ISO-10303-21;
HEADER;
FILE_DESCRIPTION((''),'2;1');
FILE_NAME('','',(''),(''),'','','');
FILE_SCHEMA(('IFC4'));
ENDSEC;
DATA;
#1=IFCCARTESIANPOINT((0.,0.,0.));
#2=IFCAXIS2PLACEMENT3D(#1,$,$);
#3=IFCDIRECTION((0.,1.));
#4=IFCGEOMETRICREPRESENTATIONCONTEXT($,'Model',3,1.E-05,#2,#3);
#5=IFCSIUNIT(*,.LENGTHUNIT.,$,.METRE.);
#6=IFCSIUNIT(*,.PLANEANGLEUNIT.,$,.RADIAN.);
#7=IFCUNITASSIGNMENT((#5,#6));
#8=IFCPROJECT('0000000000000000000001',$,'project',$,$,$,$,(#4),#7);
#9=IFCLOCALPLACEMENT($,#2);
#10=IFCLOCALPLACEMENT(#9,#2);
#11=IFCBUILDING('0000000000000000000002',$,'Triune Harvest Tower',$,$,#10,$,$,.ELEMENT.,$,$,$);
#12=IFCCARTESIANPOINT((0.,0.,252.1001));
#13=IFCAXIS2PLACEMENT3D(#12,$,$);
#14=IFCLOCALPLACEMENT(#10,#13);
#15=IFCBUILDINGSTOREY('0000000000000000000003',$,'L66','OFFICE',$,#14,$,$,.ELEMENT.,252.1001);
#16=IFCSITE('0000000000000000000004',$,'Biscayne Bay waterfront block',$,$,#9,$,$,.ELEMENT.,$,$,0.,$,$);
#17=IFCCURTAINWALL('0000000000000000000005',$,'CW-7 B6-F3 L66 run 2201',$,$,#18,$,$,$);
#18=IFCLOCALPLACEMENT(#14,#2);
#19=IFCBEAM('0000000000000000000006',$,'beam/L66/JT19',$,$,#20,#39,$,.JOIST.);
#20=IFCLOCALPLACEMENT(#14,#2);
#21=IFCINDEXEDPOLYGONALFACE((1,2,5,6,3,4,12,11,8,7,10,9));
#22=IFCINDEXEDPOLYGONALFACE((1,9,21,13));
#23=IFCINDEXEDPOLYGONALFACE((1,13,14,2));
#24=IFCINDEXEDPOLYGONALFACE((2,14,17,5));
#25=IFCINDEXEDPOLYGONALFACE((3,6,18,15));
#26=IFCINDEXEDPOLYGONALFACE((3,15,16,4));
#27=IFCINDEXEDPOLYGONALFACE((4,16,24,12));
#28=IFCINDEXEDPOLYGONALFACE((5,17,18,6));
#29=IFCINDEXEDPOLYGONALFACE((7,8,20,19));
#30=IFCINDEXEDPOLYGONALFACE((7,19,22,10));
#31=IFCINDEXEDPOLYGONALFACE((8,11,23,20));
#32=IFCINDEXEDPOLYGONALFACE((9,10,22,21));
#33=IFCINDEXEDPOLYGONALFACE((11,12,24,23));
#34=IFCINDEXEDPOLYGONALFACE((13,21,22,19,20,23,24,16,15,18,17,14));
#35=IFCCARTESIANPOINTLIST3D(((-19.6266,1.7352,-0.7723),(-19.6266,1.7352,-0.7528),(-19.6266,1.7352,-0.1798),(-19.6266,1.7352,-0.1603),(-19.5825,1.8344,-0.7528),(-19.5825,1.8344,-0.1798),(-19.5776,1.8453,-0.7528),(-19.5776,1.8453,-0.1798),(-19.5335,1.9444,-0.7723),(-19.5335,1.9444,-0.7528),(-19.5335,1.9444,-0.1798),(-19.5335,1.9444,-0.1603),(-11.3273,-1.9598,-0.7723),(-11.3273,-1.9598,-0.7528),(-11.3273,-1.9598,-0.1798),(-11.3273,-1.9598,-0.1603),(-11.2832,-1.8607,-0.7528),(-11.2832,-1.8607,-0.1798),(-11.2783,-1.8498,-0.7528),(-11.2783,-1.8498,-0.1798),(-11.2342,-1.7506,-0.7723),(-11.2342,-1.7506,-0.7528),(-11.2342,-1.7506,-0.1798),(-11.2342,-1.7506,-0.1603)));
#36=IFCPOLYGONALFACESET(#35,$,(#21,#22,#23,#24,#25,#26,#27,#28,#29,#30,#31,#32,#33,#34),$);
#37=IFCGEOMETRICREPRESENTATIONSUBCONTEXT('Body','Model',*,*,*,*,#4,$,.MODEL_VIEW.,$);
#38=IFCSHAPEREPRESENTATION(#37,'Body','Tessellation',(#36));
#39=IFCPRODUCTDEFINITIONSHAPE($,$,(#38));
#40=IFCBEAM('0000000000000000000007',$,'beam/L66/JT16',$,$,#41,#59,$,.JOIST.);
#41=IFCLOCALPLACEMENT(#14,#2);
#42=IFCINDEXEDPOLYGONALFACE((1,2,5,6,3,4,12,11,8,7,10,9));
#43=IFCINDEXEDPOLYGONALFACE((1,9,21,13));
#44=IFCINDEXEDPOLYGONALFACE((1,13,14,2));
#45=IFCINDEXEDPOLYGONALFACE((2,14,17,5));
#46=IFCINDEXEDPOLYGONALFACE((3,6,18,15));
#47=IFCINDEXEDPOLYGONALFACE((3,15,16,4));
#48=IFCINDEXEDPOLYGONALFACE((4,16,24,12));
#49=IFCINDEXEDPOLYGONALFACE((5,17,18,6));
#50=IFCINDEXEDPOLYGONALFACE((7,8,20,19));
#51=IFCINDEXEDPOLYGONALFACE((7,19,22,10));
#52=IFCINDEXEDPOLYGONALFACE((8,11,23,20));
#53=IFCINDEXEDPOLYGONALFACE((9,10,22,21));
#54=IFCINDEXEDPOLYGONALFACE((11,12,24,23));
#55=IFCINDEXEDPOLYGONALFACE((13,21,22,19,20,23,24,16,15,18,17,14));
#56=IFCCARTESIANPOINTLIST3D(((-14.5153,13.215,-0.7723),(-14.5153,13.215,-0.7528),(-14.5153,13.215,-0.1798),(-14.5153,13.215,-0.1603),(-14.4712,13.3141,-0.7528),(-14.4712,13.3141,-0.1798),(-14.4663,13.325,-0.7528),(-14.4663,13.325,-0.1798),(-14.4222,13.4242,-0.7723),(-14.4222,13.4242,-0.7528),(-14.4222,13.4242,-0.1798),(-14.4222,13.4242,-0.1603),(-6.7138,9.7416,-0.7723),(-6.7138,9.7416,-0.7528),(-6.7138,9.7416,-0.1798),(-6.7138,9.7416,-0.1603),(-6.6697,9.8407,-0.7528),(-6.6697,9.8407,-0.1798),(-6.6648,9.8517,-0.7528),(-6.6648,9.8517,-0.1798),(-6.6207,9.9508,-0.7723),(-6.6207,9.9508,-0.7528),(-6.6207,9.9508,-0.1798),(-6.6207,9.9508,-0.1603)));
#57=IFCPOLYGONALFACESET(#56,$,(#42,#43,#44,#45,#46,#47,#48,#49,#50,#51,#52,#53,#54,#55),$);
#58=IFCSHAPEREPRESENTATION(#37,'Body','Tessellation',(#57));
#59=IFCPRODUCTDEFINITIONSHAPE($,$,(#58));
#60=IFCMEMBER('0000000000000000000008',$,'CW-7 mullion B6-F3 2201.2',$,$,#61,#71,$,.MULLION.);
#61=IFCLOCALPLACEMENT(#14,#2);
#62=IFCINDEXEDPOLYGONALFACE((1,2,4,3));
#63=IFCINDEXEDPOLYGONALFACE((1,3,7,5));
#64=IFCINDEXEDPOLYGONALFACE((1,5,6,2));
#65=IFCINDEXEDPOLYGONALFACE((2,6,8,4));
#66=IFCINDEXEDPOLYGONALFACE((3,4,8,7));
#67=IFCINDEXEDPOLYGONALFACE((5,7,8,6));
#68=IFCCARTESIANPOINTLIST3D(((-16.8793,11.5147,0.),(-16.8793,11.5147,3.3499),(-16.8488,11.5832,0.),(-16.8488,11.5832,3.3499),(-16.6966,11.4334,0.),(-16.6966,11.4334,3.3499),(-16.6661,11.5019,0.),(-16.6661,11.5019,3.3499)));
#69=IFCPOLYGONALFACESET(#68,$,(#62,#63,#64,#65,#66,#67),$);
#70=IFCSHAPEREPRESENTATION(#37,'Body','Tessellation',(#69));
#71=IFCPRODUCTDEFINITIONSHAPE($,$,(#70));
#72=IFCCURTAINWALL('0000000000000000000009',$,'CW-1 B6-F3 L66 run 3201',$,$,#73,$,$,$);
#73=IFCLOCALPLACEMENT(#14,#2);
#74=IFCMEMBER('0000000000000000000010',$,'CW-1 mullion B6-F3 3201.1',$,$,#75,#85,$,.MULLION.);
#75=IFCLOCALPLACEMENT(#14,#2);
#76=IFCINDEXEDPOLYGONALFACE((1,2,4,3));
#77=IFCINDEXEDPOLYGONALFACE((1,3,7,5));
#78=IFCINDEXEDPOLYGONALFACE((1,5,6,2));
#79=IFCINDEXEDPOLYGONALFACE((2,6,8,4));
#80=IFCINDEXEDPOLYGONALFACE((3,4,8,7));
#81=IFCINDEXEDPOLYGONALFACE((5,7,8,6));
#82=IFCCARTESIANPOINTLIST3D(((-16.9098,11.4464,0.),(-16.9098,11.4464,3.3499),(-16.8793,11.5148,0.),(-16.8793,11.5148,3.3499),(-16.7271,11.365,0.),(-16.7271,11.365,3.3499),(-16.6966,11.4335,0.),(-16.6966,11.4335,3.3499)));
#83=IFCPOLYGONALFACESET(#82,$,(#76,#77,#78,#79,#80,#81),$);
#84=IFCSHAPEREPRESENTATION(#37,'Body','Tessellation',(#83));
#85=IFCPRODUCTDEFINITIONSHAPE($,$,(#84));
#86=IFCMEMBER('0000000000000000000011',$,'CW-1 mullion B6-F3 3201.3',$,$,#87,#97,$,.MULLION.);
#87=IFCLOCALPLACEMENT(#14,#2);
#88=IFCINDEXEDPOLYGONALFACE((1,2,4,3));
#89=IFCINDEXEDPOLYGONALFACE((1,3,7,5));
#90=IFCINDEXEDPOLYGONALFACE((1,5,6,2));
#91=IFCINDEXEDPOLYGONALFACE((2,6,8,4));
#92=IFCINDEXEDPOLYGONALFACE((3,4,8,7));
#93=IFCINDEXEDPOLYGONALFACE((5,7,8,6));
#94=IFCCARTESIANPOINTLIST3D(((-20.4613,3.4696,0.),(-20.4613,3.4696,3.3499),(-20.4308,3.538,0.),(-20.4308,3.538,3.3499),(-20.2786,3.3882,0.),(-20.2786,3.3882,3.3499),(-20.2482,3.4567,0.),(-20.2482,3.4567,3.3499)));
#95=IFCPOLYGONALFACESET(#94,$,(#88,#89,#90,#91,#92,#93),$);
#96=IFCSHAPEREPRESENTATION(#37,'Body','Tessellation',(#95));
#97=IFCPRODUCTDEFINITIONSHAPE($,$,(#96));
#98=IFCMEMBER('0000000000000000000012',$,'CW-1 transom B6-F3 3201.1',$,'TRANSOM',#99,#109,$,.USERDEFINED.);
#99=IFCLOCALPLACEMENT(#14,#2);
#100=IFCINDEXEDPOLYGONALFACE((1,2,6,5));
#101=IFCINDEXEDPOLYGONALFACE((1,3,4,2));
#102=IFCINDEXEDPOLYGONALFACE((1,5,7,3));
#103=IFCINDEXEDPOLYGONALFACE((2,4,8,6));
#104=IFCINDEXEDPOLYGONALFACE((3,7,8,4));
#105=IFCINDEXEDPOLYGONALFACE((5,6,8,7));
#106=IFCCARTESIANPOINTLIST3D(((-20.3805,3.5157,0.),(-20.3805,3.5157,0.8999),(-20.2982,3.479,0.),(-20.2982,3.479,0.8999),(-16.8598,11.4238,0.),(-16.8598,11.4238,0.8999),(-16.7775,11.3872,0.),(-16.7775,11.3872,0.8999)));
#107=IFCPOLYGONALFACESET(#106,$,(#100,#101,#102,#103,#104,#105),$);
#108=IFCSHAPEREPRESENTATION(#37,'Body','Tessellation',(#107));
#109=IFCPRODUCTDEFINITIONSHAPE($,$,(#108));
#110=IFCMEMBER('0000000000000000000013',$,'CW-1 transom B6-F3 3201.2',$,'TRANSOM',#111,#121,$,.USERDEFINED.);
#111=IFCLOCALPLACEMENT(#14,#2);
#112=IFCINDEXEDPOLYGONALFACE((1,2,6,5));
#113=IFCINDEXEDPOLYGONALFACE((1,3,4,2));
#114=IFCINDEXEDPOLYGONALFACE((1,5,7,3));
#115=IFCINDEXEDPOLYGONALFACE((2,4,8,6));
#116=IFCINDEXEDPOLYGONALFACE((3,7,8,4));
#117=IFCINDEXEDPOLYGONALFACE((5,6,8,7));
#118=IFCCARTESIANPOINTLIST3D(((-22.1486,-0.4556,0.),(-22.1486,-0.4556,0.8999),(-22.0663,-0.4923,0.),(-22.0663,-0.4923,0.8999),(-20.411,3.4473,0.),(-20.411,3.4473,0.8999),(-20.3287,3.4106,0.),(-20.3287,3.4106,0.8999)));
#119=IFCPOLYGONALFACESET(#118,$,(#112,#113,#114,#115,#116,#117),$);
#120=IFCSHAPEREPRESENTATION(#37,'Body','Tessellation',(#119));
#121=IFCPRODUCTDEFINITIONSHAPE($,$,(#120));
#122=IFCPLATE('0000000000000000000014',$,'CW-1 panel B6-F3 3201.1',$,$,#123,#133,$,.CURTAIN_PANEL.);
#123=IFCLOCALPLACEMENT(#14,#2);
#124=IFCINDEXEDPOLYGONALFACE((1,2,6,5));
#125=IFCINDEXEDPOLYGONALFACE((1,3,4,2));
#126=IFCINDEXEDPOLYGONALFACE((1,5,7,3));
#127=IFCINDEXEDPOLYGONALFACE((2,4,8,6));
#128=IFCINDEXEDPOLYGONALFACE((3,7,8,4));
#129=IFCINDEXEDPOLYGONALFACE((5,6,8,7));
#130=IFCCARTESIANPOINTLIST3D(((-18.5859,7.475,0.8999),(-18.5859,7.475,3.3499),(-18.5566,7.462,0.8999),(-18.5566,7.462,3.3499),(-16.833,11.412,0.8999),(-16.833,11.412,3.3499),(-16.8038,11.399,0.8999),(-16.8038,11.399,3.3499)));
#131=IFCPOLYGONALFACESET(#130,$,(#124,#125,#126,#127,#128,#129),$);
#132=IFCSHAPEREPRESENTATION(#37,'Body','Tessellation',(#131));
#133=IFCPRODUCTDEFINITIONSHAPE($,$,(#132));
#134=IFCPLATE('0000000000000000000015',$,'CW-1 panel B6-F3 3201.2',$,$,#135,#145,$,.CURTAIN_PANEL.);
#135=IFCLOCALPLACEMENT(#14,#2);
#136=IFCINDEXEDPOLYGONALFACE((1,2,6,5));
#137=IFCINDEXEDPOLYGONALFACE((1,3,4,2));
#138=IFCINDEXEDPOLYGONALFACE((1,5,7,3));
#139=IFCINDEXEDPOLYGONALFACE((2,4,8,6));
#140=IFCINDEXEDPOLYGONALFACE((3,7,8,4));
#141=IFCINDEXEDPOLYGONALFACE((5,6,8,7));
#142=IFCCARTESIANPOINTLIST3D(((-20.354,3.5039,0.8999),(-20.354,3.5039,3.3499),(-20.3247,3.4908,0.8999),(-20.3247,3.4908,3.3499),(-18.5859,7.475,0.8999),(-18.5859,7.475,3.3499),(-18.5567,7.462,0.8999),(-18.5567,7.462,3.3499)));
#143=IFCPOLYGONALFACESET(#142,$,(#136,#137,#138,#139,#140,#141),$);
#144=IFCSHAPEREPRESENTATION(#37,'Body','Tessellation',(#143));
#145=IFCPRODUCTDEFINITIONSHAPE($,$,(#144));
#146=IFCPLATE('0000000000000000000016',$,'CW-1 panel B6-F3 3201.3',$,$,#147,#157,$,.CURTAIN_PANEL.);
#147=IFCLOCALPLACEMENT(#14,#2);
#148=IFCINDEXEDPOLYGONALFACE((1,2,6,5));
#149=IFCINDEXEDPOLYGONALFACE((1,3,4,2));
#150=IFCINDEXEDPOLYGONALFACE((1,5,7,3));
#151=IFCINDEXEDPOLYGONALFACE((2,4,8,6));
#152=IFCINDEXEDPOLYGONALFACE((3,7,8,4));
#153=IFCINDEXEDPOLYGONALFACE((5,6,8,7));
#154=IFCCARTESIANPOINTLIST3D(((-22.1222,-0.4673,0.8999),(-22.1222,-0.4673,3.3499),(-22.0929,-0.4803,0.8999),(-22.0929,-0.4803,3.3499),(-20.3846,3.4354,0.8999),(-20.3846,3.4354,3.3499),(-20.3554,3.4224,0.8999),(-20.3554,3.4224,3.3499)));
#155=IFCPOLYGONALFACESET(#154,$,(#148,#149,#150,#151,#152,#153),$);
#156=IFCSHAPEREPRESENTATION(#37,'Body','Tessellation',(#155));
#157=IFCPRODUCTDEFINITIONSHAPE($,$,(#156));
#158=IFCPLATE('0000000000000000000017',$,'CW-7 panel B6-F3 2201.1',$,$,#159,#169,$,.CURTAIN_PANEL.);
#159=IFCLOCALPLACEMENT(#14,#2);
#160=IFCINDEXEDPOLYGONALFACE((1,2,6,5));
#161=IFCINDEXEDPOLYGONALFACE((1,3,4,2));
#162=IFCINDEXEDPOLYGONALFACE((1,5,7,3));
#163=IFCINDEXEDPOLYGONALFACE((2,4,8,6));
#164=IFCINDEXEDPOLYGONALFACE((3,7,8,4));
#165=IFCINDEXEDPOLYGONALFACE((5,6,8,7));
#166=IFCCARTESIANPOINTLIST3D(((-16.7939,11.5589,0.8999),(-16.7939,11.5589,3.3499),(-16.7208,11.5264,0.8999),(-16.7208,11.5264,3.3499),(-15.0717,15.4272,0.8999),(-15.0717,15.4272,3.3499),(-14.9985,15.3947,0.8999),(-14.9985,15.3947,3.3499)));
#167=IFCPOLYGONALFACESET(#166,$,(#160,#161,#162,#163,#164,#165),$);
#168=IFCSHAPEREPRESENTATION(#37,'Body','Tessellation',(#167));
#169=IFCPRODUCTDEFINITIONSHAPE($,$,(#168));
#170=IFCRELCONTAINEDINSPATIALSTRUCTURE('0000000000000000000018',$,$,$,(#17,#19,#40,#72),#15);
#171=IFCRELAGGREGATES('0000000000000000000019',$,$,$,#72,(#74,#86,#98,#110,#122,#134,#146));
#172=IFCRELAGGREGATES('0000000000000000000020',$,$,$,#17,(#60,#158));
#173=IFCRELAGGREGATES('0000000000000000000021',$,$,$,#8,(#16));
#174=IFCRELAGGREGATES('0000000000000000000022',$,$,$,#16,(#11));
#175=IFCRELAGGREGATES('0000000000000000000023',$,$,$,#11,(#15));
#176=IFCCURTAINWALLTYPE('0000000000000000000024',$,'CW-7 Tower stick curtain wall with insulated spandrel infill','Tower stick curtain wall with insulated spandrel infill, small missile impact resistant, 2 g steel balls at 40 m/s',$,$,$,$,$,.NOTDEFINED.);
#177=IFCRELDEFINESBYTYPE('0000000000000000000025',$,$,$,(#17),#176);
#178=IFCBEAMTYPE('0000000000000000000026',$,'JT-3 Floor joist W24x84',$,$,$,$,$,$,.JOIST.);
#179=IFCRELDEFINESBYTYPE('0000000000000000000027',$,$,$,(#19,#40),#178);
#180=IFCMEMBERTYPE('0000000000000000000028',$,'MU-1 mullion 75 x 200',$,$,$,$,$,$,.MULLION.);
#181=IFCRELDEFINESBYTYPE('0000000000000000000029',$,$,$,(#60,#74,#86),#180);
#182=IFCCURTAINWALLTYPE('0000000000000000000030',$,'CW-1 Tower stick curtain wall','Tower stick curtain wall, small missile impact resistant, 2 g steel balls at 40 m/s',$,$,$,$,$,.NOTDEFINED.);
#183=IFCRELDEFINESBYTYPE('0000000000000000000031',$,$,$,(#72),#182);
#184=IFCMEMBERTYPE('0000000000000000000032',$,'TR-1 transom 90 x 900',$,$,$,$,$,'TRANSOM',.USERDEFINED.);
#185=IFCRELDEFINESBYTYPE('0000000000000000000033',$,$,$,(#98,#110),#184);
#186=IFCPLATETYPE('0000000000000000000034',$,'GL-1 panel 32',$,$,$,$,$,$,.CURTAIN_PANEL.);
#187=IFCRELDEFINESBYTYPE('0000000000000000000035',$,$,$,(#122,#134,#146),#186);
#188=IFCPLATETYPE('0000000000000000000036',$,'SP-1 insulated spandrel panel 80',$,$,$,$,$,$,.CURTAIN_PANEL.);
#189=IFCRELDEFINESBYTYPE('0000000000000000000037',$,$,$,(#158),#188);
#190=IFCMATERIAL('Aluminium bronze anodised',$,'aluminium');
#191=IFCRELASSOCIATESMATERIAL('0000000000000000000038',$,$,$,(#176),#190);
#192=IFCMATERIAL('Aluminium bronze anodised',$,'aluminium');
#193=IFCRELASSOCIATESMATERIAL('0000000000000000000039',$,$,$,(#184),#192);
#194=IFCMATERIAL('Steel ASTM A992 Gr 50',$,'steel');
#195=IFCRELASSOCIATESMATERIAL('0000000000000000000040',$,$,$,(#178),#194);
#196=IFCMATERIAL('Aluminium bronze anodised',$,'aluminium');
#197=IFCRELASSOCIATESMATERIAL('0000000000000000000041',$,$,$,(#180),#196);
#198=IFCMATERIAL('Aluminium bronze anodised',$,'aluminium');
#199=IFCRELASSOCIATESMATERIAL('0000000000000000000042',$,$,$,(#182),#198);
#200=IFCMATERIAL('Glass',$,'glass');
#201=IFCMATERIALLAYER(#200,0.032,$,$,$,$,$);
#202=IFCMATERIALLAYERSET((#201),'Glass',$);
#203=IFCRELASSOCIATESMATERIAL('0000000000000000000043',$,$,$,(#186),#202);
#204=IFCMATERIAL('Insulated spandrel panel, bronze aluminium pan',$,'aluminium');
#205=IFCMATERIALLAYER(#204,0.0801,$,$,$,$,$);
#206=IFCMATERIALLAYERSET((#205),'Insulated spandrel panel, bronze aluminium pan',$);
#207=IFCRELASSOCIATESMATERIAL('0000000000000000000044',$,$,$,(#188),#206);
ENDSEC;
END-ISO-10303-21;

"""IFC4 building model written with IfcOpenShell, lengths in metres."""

from ifc_helpers import new_model, si_unit, direction, frame, origin, origin_2d, place, context, subcontext, project, spatial, rectangle, i_section, extrude, source, transform, mapped, material, layer, layer_set, material_profile, profile_set, type_object, element, aggregate, save


model = new_model("IFC4")

# Units and contexts
model_context = context("Model", 3, precision=1e-05, world=origin(), true_north=direction((0.0, 1.0)))
body_context = subcontext(model_context, "Body", "Model", "MODEL_VIEW")
ifc_project = project(units=[si_unit("LENGTHUNIT", "METRE"), si_unit("PLANEANGLEUNIT", "RADIAN")], contexts=[model_context])

# Site, building, storey
site_placement = place(None, origin())
site = spatial("IfcSite", under=ifc_project, at=site_placement, Name="Biscayne Bay waterfront block", CompositionType="ELEMENT", RefElevation=0.0)
building_placement = place(site_placement, origin())
building = spatial("IfcBuilding", under=site, at=building_placement, Name="Triune Harvest Tower", CompositionType="ELEMENT")
storey_placement = place(building_placement, frame((0.0, 0.0, 252.1001)))
storey = spatial("IfcBuildingStorey", under=building, at=storey_placement, Name="L66", Description="OFFICE", CompositionType="ELEMENT", Elevation=252.1001)

# Curtain wall
ifc_material_1 = material(Name="Aluminium bronze anodised", Category="aluminium")
curtain_wall_type_1 = type_object("IfcCurtainWallType", Name="CW-7 Tower stick curtain wall with insulated spandrel infill", Description="Tower stick curtain wall with insulated spandrel infill, small missile impact resistant, 2 g steel balls at 40 m/s", PredefinedType="NOTDEFINED", material=ifc_material_1)
curtain_wall_1_placement = place(storey_placement, origin())
curtain_wall_1 = element("IfcCurtainWall", 1, at=curtain_wall_1_placement, inside=storey, type_object=curtain_wall_type_1, Name="CW-7 B6-F3 L66 run 2201")
ifc_material_2 = material(Name="Aluminium bronze anodised", Category="aluminium")
ifc_material_profile_1 = material_profile(ifc_material_2, rectangle(XDim=0.0901, YDim=0.8999, at=origin_2d()), Name="TR-1 transom 90 x 900")
ifc_profile_set_1 = profile_set([ifc_material_profile_1], Name="Aluminium bronze anodised")
member_type_1 = type_object("IfcMemberType", Name="TR-1 transom 90 x 900", ElementType="TRANSOM", PredefinedType="USERDEFINED", material=ifc_profile_set_1)

# Beams
ifc_material_3 = material(Name="Steel ASTM A992 Gr 50", Category="steel")
ifc_material_profile_2 = material_profile(ifc_material_3, i_section(OverallWidth=0.229, OverallDepth=0.6121, WebThickness=0.012, FlangeThickness=0.0195, at=origin_2d()), Name="W24x84")
ifc_profile_set_2 = profile_set([ifc_material_profile_2], Name="Steel ASTM A992 Gr 50")
beam_type_1 = type_object("IfcBeamType", Name="JT-3 Floor joist W24x84", PredefinedType="JOIST", material=ifc_profile_set_2)
shared_shape_1 = source(origin(), body_context, "Body", "SweptSolid", [
    extrude(i_section(OverallWidth=0.229, OverallDepth=0.6121, WebThickness=0.012, FlangeThickness=0.0195, at=origin_2d()), origin(), (0.0, 0.0, 1.0), 9.0847),
])
beam_1_placement = place(storey_placement, frame((-19.5801, 1.8398, -0.4663), z_axis=(0.913546, -0.406734, 0.0), x_axis=(0.406734, 0.913546, 0.0)))
element("IfcBeam", 2, at=beam_1_placement, inside=storey, type_object=beam_type_1, Name="beam/L66/JT19", PredefinedType="JOIST", context=body_context, shape_type="MappedRepresentation", body=[
    mapped(shared_shape_1, transform((0.0, 0.0, 0.0), scale=1.0)),
])
shared_shape_2 = source(origin(), body_context, "Body", "SweptSolid", [
    extrude(i_section(OverallWidth=0.229, OverallDepth=0.6121, WebThickness=0.012, FlangeThickness=0.0195, at=origin_2d()), origin(), (0.0, 0.0, 1.0), 8.5398),
])
beam_2_placement = place(storey_placement, frame((-14.4688, 13.3196, -0.4663), z_axis=(0.913548, -0.40673, 0.0), x_axis=(0.40673, 0.913548, 0.0)))
element("IfcBeam", 3, at=beam_2_placement, inside=storey, type_object=beam_type_1, Name="beam/L66/JT16", PredefinedType="JOIST", context=body_context, shape_type="MappedRepresentation", body=[
    mapped(shared_shape_2, transform((0.0, 0.0, 0.0), scale=1.0)),
])

# Member
ifc_material_4 = material(Name="Aluminium bronze anodised", Category="aluminium")
ifc_material_profile_3 = material_profile(ifc_material_4, rectangle(XDim=0.2, YDim=0.075, at=origin_2d()), Name="MU-1 mullion 75 x 200")
ifc_profile_set_3 = profile_set([ifc_material_profile_3], Name="Aluminium bronze anodised")
member_type_2 = type_object("IfcMemberType", Name="MU-1 mullion 75 x 200", PredefinedType="MULLION", material=ifc_profile_set_3)
shared_shape_3 = source(origin(), body_context, "Body", "SweptSolid", [
    extrude(rectangle(XDim=0.2, YDim=0.075, at=origin_2d()), origin(), (0.0, 0.0, 1.0), 3.3499),
])
member_1_placement = place(storey_placement, frame((-16.7727, 11.5083, 0.0), z_axis=(0.0, 0.0, 1.0), x_axis=(0.913547, -0.406733, 0.0)))
member_1 = element("IfcMember", 4, at=member_1_placement, type_object=member_type_2, Name="CW-7 mullion B6-F3 2201.2", PredefinedType="MULLION", context=body_context, shape_type="MappedRepresentation", body=[
    mapped(shared_shape_3, transform((0.0, 0.0, 0.0), scale=1.0)),
])

# Curtain wall, members, plates
ifc_material_5 = material(Name="Aluminium bronze anodised", Category="aluminium")
curtain_wall_type_2 = type_object("IfcCurtainWallType", Name="CW-1 Tower stick curtain wall", Description="Tower stick curtain wall, small missile impact resistant, 2 g steel balls at 40 m/s", PredefinedType="NOTDEFINED", material=ifc_material_5)
curtain_wall_2_placement = place(storey_placement, origin())
curtain_wall_2 = element("IfcCurtainWall", 5, at=curtain_wall_2_placement, inside=storey, type_object=curtain_wall_type_2, Name="CW-1 B6-F3 L66 run 3201")
member_2_placement = place(storey_placement, frame((-16.8032, 11.4399, 0.0), z_axis=(0.0, 0.0, 1.0), x_axis=(0.913547, -0.406734, 0.0)))
member_2 = element("IfcMember", 6, at=member_2_placement, type_object=member_type_2, Name="CW-1 mullion B6-F3 3201.1", PredefinedType="MULLION", context=body_context, shape_type="MappedRepresentation", body=[
    mapped(shared_shape_3, transform((0.0, 0.0, 0.0), scale=1.0)),
])
member_3_placement = place(storey_placement, frame((-20.3547, 3.4631, 0.0), z_axis=(0.0, 0.0, 1.0), x_axis=(0.913547, -0.406734, 0.0)))
member_3 = element("IfcMember", 7, at=member_3_placement, type_object=member_type_2, Name="CW-1 mullion B6-F3 3201.3", PredefinedType="MULLION", context=body_context, shape_type="MappedRepresentation", body=[
    mapped(shared_shape_3, transform((0.0, 0.0, 0.0), scale=1.0)),
])
shared_shape_4 = source(origin(), body_context, "Body", "SweptSolid", [
    extrude(rectangle(XDim=0.0901, YDim=0.8999, at=origin_2d()), origin(), (0.0, 0.0, 1.0), 8.6565),
])
member_4_placement = place(storey_placement, frame((-16.8186, 11.4055, 0.45), z_axis=(-0.406717, -0.913554, 0.0), x_axis=(0.913554, -0.406717, 0.0)))
member_4 = element("IfcMember", 8, at=member_4_placement, type_object=member_type_1, Name="CW-1 transom B6-F3 3201.1", ObjectType="TRANSOM", PredefinedType="USERDEFINED", context=body_context, shape_type="MappedRepresentation", body=[
    mapped(shared_shape_4, transform((0.0, 0.0, 0.0), scale=1.0)),
])
shared_shape_5 = source(origin(), body_context, "Body", "SweptSolid", [
    extrude(rectangle(XDim=0.0901, YDim=0.8999, at=origin_2d()), origin(), (0.0, 0.0, 1.0), 4.2722),
])
member_5_placement = place(storey_placement, frame((-20.3699, 3.429, 0.45), z_axis=(-0.406716, -0.913554, 0.0), x_axis=(0.913554, -0.406716, 0.0)))
member_5 = element("IfcMember", 9, at=member_5_placement, type_object=member_type_1, Name="CW-1 transom B6-F3 3201.2", ObjectType="TRANSOM", PredefinedType="USERDEFINED", context=body_context, shape_type="MappedRepresentation", body=[
    mapped(shared_shape_5, transform((0.0, 0.0, 0.0), scale=1.0)),
])
ifc_material_6 = material(Name="Glass", Category="glass")
ifc_layer_1 = layer(ifc_material_6, 0.032)
ifc_layer_set_1 = layer_set([ifc_layer_1], Name="Glass")
plate_type_1 = type_object("IfcPlateType", Name="GL-1 panel 32", PredefinedType="CURTAIN_PANEL", material=ifc_layer_set_1)
plate_1_placement = place(storey_placement, frame((-17.6948, 9.437, 0.8999), z_axis=(0.0, 0.0, 1.0), x_axis=(-0.406734, -0.913547, 0.0)))
plate_1 = element("IfcPlate", 10, at=plate_1_placement, type_object=plate_type_1, Name="CW-1 panel B6-F3 3201.1", PredefinedType="CURTAIN_PANEL", context=body_context, shape_type="SweptSolid", body=[
    extrude(rectangle(XDim=4.3096, YDim=0.032, at=origin_2d()), origin(), (0.0, 0.0, 1.0), 2.45),
])
plate_2_placement = place(storey_placement, frame((-19.4553, 5.4829, 0.8999), z_axis=(0.0, 0.0, 1.0), x_axis=(-0.406734, -0.913547, 0.0)))
plate_2 = element("IfcPlate", 11, at=plate_2_placement, type_object=plate_type_1, Name="CW-1 panel B6-F3 3201.2", PredefinedType="CURTAIN_PANEL", context=body_context, shape_type="SweptSolid", body=[
    extrude(rectangle(XDim=4.3469, YDim=0.032, at=origin_2d()), origin(), (0.0, 0.0, 1.0), 2.45),
])
plate_3_placement = place(storey_placement, frame((-21.2388, 1.4775, 0.8999), z_axis=(0.0, 0.0, 1.0), x_axis=(-0.406734, -0.913547, 0.0)))
plate_3 = element("IfcPlate", 12, at=plate_3_placement, type_object=plate_type_1, Name="CW-1 panel B6-F3 3201.3", PredefinedType="CURTAIN_PANEL", context=body_context, shape_type="SweptSolid", body=[
    extrude(rectangle(XDim=4.272, YDim=0.032, at=origin_2d()), origin(), (0.0, 0.0, 1.0), 2.45),
])
aggregate(curtain_wall_2, [member_2, member_3, member_4, member_5, plate_1, plate_2, plate_3])

# Plate
ifc_material_7 = material(Name="Insulated spandrel panel, bronze aluminium pan", Category="aluminium")
ifc_layer_2 = layer(ifc_material_7, 0.0801)
ifc_layer_set_2 = layer_set([ifc_layer_2], Name="Insulated spandrel panel, bronze aluminium pan")
plate_type_2 = type_object("IfcPlateType", Name="SP-1 insulated spandrel panel 80", PredefinedType="CURTAIN_PANEL", material=ifc_layer_set_2)
plate_4_placement = place(storey_placement, frame((-15.8962, 13.4768, 0.8999), z_axis=(0.0, 0.0, 1.0), x_axis=(-0.406733, -0.913547, 0.0)))
plate_4 = element("IfcPlate", 13, at=plate_4_placement, type_object=plate_type_2, Name="CW-7 panel B6-F3 2201.1", PredefinedType="CURTAIN_PANEL", context=body_context, shape_type="SweptSolid", body=[
    extrude(rectangle(XDim=4.2344, YDim=0.0801, at=origin_2d()), origin(), (0.0, 0.0, 1.0), 2.45),
])
aggregate(curtain_wall_1, [member_1, plate_4])

save(model, "model.ifc")
